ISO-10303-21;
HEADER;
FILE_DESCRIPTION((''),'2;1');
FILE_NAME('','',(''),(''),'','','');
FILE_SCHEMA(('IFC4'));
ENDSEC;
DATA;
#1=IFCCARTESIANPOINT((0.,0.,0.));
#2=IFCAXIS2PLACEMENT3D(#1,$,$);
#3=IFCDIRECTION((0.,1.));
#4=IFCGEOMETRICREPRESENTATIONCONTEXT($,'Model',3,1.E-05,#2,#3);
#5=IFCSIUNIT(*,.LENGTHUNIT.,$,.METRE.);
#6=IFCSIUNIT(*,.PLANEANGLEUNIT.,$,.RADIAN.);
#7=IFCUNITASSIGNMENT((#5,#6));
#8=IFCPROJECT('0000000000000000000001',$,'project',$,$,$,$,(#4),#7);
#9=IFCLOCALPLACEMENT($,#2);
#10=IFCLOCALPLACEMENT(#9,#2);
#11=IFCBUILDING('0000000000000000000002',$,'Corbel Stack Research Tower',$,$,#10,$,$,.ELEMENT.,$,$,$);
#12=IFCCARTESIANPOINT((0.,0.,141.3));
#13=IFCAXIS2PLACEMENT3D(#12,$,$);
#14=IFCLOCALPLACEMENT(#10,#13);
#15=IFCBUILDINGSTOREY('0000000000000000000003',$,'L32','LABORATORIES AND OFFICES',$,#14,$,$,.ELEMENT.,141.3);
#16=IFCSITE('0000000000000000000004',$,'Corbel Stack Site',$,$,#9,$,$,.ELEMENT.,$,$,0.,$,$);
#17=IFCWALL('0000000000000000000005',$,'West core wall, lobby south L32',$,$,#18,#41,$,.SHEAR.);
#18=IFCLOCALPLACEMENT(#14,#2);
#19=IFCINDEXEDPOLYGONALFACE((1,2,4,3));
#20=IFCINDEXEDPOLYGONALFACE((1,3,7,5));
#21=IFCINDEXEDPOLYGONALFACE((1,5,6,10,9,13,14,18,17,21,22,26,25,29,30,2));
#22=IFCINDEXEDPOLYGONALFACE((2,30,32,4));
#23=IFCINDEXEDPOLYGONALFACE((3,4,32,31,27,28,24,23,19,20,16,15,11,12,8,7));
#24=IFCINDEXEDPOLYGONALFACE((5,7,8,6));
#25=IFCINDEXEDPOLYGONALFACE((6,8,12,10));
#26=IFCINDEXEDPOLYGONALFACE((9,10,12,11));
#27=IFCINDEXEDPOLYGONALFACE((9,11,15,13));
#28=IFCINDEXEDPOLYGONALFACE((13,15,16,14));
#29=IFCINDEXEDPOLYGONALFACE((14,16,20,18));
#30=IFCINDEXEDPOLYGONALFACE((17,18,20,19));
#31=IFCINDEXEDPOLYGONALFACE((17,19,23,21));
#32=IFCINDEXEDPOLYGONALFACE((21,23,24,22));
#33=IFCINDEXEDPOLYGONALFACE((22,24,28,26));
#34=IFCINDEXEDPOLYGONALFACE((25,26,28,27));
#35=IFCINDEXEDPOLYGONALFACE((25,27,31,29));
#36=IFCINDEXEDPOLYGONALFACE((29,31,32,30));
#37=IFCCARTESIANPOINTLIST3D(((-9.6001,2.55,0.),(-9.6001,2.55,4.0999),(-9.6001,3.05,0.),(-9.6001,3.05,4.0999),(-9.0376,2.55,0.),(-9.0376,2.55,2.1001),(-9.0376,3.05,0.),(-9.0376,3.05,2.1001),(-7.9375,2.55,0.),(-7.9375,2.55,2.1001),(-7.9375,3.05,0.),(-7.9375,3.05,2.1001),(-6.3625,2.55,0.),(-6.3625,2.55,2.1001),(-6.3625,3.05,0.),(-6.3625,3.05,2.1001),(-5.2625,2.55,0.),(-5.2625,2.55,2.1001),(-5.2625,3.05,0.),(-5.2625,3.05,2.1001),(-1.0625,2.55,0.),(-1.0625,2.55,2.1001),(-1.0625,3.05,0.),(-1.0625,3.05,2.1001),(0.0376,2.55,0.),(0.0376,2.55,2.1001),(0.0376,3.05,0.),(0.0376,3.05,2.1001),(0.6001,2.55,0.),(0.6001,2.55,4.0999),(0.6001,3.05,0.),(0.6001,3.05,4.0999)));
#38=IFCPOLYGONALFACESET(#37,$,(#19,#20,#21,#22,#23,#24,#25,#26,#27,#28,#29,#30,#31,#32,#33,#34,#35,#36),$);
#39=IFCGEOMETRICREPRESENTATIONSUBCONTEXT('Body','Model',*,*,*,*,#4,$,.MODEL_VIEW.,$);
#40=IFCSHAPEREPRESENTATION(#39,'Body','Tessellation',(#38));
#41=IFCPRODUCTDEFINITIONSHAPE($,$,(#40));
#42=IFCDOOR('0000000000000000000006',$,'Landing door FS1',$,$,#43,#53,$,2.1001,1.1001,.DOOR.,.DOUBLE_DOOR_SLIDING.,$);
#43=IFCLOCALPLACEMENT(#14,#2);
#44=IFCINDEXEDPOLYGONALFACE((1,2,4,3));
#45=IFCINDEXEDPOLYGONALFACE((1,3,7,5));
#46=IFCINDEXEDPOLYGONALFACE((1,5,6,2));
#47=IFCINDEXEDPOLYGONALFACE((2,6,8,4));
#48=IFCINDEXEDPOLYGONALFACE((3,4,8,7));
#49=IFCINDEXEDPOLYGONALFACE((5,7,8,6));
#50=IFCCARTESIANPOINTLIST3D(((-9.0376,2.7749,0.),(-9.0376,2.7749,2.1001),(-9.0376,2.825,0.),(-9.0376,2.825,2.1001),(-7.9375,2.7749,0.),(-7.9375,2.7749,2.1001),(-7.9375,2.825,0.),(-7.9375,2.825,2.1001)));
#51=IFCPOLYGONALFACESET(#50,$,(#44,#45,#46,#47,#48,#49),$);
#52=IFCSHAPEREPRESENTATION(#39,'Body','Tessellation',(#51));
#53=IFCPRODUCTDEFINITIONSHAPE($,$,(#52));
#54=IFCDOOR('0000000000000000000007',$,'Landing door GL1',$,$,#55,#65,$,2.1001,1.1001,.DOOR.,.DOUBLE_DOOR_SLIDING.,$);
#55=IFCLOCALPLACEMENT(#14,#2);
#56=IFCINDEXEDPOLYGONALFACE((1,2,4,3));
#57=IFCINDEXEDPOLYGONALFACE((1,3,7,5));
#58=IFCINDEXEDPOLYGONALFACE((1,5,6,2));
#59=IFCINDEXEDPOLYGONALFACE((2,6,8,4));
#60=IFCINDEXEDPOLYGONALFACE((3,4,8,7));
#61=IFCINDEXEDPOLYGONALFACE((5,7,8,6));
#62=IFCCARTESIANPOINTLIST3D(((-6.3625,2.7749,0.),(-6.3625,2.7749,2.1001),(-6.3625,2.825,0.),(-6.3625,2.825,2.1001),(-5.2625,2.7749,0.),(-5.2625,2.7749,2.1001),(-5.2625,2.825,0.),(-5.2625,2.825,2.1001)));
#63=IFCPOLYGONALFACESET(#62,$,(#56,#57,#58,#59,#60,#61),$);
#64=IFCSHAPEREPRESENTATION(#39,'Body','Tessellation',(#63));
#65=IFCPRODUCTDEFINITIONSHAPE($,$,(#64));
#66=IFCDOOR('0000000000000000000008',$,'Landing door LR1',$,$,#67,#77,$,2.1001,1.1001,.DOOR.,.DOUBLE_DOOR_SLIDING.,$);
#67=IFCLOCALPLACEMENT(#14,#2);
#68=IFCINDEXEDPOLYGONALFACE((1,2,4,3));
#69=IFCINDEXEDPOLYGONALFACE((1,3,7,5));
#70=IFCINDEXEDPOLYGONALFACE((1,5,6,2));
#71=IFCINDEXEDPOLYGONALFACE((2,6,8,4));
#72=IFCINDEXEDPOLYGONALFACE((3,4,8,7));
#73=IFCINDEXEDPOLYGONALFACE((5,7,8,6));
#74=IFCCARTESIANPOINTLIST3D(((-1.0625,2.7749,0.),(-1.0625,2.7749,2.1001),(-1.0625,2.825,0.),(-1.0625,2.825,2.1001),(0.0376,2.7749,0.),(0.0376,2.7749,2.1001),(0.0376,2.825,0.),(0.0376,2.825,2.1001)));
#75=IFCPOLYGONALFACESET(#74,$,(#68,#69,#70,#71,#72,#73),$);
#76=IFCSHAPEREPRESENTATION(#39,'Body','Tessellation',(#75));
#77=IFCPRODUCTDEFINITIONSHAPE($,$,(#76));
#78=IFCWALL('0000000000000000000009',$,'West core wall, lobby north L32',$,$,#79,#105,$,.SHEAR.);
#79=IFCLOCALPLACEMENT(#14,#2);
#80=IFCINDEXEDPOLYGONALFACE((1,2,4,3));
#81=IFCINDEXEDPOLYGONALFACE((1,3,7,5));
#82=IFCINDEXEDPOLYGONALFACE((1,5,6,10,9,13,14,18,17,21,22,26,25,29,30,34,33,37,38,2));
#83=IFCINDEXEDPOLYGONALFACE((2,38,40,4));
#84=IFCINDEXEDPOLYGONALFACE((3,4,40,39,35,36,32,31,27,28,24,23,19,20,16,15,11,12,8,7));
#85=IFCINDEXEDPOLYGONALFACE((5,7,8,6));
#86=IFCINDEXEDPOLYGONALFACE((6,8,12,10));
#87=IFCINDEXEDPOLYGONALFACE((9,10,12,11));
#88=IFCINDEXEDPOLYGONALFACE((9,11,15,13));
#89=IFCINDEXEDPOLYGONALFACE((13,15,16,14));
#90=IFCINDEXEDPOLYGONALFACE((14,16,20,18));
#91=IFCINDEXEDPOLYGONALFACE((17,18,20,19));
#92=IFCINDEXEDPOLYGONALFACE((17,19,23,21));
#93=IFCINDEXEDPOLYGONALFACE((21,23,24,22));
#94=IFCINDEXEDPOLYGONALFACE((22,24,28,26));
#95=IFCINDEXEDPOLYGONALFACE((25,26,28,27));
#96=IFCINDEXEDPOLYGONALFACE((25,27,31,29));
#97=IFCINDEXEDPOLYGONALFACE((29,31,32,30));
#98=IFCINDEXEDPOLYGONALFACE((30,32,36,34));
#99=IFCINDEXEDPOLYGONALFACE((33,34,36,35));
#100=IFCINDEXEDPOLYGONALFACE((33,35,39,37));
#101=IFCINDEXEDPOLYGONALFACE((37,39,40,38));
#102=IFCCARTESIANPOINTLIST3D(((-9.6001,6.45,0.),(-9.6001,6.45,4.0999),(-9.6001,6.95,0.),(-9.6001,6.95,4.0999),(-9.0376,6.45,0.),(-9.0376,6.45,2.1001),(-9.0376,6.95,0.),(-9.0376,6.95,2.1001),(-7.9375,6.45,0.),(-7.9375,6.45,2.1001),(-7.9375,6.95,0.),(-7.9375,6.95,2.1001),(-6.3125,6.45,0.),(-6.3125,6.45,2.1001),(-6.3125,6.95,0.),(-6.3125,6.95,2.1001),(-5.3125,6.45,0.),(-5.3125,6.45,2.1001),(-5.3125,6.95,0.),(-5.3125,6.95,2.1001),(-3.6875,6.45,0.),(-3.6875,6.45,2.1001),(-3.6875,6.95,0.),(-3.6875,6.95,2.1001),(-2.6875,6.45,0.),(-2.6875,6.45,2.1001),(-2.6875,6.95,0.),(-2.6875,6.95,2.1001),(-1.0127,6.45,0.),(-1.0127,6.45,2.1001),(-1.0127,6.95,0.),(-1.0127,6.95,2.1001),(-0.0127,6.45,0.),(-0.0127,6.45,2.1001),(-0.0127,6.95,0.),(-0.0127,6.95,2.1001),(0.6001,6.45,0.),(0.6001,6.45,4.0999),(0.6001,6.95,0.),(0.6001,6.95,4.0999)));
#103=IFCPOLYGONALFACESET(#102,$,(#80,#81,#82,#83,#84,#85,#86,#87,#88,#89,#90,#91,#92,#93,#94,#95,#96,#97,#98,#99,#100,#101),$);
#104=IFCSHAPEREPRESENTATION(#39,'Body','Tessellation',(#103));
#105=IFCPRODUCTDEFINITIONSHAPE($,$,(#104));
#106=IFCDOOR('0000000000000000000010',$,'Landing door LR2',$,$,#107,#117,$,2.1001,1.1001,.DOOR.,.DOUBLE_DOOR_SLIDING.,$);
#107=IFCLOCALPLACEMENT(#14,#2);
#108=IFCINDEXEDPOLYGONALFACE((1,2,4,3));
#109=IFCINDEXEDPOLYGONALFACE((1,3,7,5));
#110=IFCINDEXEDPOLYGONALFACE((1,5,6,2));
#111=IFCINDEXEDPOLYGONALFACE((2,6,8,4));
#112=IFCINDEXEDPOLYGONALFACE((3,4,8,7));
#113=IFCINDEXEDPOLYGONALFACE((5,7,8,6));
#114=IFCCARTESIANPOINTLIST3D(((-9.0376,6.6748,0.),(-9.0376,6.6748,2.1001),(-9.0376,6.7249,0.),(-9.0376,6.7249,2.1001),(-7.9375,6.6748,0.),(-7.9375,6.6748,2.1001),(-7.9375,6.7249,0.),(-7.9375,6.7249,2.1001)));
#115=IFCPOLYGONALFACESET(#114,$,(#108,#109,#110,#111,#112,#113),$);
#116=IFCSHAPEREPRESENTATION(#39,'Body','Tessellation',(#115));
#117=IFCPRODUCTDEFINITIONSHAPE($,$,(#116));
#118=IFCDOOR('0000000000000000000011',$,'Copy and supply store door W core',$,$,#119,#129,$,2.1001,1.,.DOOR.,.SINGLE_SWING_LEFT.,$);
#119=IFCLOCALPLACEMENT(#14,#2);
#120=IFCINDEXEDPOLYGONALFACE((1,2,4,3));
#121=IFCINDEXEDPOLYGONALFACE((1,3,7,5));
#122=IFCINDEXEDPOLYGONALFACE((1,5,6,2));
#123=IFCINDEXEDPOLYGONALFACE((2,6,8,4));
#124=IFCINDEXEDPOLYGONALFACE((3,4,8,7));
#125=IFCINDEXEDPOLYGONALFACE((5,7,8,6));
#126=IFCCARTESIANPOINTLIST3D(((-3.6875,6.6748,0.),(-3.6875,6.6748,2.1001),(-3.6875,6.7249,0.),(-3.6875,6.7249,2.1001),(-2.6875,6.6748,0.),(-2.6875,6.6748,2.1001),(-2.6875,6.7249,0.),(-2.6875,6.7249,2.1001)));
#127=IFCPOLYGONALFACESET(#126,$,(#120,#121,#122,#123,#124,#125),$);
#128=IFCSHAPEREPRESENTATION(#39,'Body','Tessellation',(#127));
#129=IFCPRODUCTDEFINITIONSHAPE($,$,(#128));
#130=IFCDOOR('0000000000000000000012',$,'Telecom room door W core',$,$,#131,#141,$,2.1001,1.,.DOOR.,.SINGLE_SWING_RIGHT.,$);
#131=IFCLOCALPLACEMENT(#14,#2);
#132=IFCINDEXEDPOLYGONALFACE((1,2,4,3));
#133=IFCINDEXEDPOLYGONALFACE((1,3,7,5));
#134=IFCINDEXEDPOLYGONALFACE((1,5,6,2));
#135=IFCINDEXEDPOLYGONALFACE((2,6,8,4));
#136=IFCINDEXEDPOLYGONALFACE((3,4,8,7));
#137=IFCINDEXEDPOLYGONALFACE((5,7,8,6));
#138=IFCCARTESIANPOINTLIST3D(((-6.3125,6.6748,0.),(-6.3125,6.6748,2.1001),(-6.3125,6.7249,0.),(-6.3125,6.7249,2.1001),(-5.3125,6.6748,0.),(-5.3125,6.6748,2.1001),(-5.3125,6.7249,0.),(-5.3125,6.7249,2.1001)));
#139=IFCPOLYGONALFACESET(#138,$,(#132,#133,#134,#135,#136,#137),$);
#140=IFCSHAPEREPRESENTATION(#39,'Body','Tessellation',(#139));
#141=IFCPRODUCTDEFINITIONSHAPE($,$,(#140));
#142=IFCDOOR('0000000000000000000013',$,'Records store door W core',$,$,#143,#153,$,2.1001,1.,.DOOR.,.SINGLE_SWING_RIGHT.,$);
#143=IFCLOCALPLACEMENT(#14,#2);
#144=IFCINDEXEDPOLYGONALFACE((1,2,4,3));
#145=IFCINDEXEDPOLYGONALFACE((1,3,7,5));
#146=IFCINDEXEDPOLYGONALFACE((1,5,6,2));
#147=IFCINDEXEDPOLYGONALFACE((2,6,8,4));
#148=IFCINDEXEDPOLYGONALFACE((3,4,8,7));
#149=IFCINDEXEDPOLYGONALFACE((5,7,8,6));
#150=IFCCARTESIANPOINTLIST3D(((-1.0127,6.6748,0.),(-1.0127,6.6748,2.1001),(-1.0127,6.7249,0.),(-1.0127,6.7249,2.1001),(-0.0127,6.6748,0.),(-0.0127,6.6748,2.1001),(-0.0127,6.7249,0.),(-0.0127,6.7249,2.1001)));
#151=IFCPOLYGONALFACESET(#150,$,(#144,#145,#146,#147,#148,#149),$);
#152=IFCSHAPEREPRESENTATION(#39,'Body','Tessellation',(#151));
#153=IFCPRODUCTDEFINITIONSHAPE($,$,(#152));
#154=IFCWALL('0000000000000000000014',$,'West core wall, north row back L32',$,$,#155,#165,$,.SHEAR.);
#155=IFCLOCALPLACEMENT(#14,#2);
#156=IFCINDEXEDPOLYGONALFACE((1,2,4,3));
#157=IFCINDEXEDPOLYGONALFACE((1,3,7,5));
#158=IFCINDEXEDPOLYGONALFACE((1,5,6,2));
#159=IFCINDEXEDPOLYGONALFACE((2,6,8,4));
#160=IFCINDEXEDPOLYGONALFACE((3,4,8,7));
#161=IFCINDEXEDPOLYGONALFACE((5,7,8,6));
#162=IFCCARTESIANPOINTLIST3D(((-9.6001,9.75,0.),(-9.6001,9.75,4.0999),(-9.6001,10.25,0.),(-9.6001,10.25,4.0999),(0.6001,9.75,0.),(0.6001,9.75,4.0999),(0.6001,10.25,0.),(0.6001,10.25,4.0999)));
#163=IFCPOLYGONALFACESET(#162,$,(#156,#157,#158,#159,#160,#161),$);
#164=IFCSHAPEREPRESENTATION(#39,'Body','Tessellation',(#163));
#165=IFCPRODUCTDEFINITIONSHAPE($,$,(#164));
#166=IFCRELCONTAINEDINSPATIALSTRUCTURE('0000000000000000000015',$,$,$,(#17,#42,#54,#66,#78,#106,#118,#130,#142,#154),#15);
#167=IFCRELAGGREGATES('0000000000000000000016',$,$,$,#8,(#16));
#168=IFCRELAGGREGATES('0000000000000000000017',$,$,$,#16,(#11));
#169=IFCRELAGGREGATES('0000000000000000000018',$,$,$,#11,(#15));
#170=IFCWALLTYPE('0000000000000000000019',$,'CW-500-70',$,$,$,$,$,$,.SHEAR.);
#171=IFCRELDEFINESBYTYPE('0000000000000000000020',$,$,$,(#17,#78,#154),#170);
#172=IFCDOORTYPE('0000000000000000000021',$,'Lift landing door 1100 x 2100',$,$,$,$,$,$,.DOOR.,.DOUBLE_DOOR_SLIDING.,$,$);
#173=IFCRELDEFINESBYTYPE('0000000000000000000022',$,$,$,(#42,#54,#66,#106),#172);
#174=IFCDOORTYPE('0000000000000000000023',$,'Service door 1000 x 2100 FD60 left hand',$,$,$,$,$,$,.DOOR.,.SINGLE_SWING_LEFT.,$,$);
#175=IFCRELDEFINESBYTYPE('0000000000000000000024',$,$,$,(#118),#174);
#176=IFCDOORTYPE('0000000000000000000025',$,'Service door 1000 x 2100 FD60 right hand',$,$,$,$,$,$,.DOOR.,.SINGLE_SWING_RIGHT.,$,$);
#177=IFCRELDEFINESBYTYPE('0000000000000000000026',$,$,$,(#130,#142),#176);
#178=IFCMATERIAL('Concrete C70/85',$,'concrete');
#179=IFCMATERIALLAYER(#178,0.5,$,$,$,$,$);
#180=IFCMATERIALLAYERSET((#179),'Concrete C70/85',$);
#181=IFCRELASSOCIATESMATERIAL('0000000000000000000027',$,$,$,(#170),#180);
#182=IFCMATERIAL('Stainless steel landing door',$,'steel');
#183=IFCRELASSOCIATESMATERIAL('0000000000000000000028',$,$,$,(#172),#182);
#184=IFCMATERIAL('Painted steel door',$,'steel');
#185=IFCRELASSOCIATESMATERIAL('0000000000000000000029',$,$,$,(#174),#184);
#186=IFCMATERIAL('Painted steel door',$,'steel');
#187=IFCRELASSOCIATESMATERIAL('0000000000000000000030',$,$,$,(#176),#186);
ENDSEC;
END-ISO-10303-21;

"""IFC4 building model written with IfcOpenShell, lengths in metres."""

from ifc_helpers import new_model, si_unit, direction, frame, frame_2d, origin, place, context, subcontext, project, spatial, rectangle, extrude, material, layer, layer_set, type_object, element, fill, save


model = new_model("IFC4")

# Units and contexts
model_context = context("Model", 3, precision=1e-05, world=origin(), true_north=direction((0.0, 1.0)))
body_context = subcontext(model_context, "Body", "Model", "MODEL_VIEW")
ifc_project = project(units=[si_unit("LENGTHUNIT", "METRE"), si_unit("PLANEANGLEUNIT", "RADIAN")], contexts=[model_context])

# Site, building, storey
site_placement = place(None, origin())
site = spatial("IfcSite", under=ifc_project, at=site_placement, Name="Corbel Stack Site", CompositionType="ELEMENT", RefElevation=0.0)
building_placement = place(site_placement, origin())
building = spatial("IfcBuilding", under=site, at=building_placement, Name="Corbel Stack Research Tower", CompositionType="ELEMENT")
storey_placement = place(building_placement, frame((0.0, 0.0, 141.3)))
storey = spatial("IfcBuildingStorey", under=building, at=storey_placement, Name="L32", Description="LABORATORIES AND OFFICES", CompositionType="ELEMENT", Elevation=141.3)

# Walls, openings, doors
ifc_material_1 = material(Name="Concrete C70/85", Category="concrete")
ifc_layer_1 = layer(ifc_material_1, 0.5)
ifc_layer_set_1 = layer_set([ifc_layer_1], Name="Concrete C70/85")
wall_type_1 = type_object("IfcWallType", Name="CW-500-70", PredefinedType="SHEAR", material=ifc_layer_set_1)
wall_1_placement = place(storey_placement, frame((-9.6001, 2.8, 0.0), z_axis=(0.0, 0.0, 1.0), x_axis=(1.0, 0.0, 0.0)))
wall_1 = element("IfcWall", 1, at=wall_1_placement, inside=storey, type_object=wall_type_1, Name="West core wall, lobby south L32", PredefinedType="SHEAR", context=body_context, shape_type="SweptSolid", body=[
    extrude(rectangle(XDim=10.2002, YDim=0.5, at=frame_2d((5.1001, 0.0))), origin(), (0.0, 0.0, 1.0), 4.0999),
])
opening_1_placement = place(wall_1_placement, frame((0.5625, 0.0, 0.0)))
opening_1 = element("IfcOpeningElement", 2, at=opening_1_placement, cuts=wall_1, PredefinedType="OPENING", context=body_context, shape_type="SweptSolid", body=[
    extrude(rectangle(XDim=1.1001, YDim=2.1001, at=frame_2d((0.55, 1.05))), frame((0.0, 0.26, 0.0), z_axis=(0.0, -1.0, 0.0), x_axis=(1.0, 0.0, 0.0)), (0.0, 0.0, 1.0), 0.52),
])
opening_2_placement = place(wall_1_placement, frame((3.2375, 0.0, 0.0)))
opening_2 = element("IfcOpeningElement", 3, at=opening_2_placement, cuts=wall_1, PredefinedType="OPENING", context=body_context, shape_type="SweptSolid", body=[
    extrude(rectangle(XDim=1.1001, YDim=2.1001, at=frame_2d((0.55, 1.05))), frame((0.0, 0.26, 0.0), z_axis=(0.0, -1.0, 0.0), x_axis=(1.0, 0.0, 0.0)), (0.0, 0.0, 1.0), 0.52),
])
opening_3_placement = place(wall_1_placement, frame((8.5376, 0.0, 0.0)))
opening_3 = element("IfcOpeningElement", 4, at=opening_3_placement, cuts=wall_1, PredefinedType="OPENING", context=body_context, shape_type="SweptSolid", body=[
    extrude(rectangle(XDim=1.1001, YDim=2.1001, at=frame_2d((0.55, 1.05))), frame((0.0, 0.26, 0.0), z_axis=(0.0, -1.0, 0.0), x_axis=(1.0, 0.0, 0.0)), (0.0, 0.0, 1.0), 0.52),
])
ifc_material_2 = material(Name="Stainless steel landing door", Category="steel")
door_type_1 = type_object("IfcDoorType", Name="Lift landing door 1100 x 2100", OperationType="DOUBLE_DOOR_SLIDING", PredefinedType="DOOR", material=ifc_material_2)
door_1_placement = place(opening_1_placement, origin())
door_1 = element("IfcDoor", 5, at=door_1_placement, inside=storey, type_object=door_type_1, Name="Landing door FS1", OperationType="DOUBLE_DOOR_SLIDING", OverallHeight=2.1001, OverallWidth=1.1001, PredefinedType="DOOR", context=body_context, shape_type="SweptSolid", body=[
    extrude(rectangle(XDim=1.1001, YDim=2.1001, at=frame_2d((0.55, 1.05))), frame((0.0, 0.0249, 0.0), z_axis=(0.0, -1.0, 0.0), x_axis=(1.0, 0.0, 0.0)), (0.0, 0.0, 1.0), 0.05),
])
fill(opening_1, door_1)
door_2_placement = place(opening_2_placement, origin())
door_2 = element("IfcDoor", 6, at=door_2_placement, inside=storey, type_object=door_type_1, Name="Landing door GL1", OperationType="DOUBLE_DOOR_SLIDING", OverallHeight=2.1001, OverallWidth=1.1001, PredefinedType="DOOR", context=body_context, shape_type="SweptSolid", body=[
    extrude(rectangle(XDim=1.1001, YDim=2.1001, at=frame_2d((0.55, 1.05))), frame((0.0, 0.0249, 0.0), z_axis=(0.0, -1.0, 0.0), x_axis=(1.0, 0.0, 0.0)), (0.0, 0.0, 1.0), 0.05),
])
fill(opening_2, door_2)
door_3_placement = place(opening_3_placement, origin())
door_3 = element("IfcDoor", 7, at=door_3_placement, inside=storey, type_object=door_type_1, Name="Landing door LR1", OperationType="DOUBLE_DOOR_SLIDING", OverallHeight=2.1001, OverallWidth=1.1001, PredefinedType="DOOR", context=body_context, shape_type="SweptSolid", body=[
    extrude(rectangle(XDim=1.1001, YDim=2.1001, at=frame_2d((0.55, 1.05))), frame((0.0, 0.0249, 0.0), z_axis=(0.0, -1.0, 0.0), x_axis=(1.0, 0.0, 0.0)), (0.0, 0.0, 1.0), 0.05),
])
fill(opening_3, door_3)
wall_2_placement = place(storey_placement, frame((-9.6001, 6.7, 0.0), z_axis=(0.0, 0.0, 1.0), x_axis=(1.0, 0.0, 0.0)))
wall_2 = element("IfcWall", 8, at=wall_2_placement, inside=storey, type_object=wall_type_1, Name="West core wall, lobby north L32", PredefinedType="SHEAR", context=body_context, shape_type="SweptSolid", body=[
    extrude(rectangle(XDim=10.2002, YDim=0.5, at=frame_2d((5.1001, 0.0))), origin(), (0.0, 0.0, 1.0), 4.0999),
])
opening_4_placement = place(wall_2_placement, frame((0.5625, 0.0, 0.0)))
opening_4 = element("IfcOpeningElement", 9, at=opening_4_placement, cuts=wall_2, PredefinedType="OPENING", context=body_context, shape_type="SweptSolid", body=[
    extrude(rectangle(XDim=1.1001, YDim=2.1001, at=frame_2d((0.55, 1.05))), frame((0.0, 0.26, 0.0), z_axis=(0.0, -1.0, 0.0), x_axis=(1.0, 0.0, 0.0)), (0.0, 0.0, 1.0), 0.52),
])
opening_5_placement = place(wall_2_placement, frame((3.2876, 0.0, 0.0)))
opening_5 = element("IfcOpeningElement", 10, at=opening_5_placement, cuts=wall_2, PredefinedType="OPENING", context=body_context, shape_type="SweptSolid", body=[
    extrude(rectangle(XDim=1.0, YDim=2.1001, at=frame_2d((0.5, 1.05))), frame((0.0, 0.26, 0.0), z_axis=(0.0, -1.0, 0.0), x_axis=(1.0, 0.0, 0.0)), (0.0, 0.0, 1.0), 0.52),
])
opening_6_placement = place(wall_2_placement, frame((5.9126, 0.0, 0.0)))
opening_6 = element("IfcOpeningElement", 11, at=opening_6_placement, cuts=wall_2, PredefinedType="OPENING", context=body_context, shape_type="SweptSolid", body=[
    extrude(rectangle(XDim=1.0, YDim=2.1001, at=frame_2d((0.5, 1.05))), frame((0.0, 0.26, 0.0), z_axis=(0.0, -1.0, 0.0), x_axis=(1.0, 0.0, 0.0)), (0.0, 0.0, 1.0), 0.52),
])
opening_7_placement = place(wall_2_placement, frame((8.5874, 0.0, 0.0)))
opening_7 = element("IfcOpeningElement", 12, at=opening_7_placement, cuts=wall_2, PredefinedType="OPENING", context=body_context, shape_type="SweptSolid", body=[
    extrude(rectangle(XDim=1.0, YDim=2.1001, at=frame_2d((0.5, 1.05))), frame((0.0, 0.26, 0.0), z_axis=(0.0, -1.0, 0.0), x_axis=(1.0, 0.0, 0.0)), (0.0, 0.0, 1.0), 0.52),
])
door_4_placement = place(opening_4_placement, origin())
door_4 = element("IfcDoor", 13, at=door_4_placement, inside=storey, type_object=door_type_1, Name="Landing door LR2", OperationType="DOUBLE_DOOR_SLIDING", OverallHeight=2.1001, OverallWidth=1.1001, PredefinedType="DOOR", context=body_context, shape_type="SweptSolid", body=[
    extrude(rectangle(XDim=1.1001, YDim=2.1001, at=frame_2d((0.55, 1.05))), frame((0.0, 0.0249, 0.0), z_axis=(0.0, -1.0, 0.0), x_axis=(1.0, 0.0, 0.0)), (0.0, 0.0, 1.0), 0.05),
])
fill(opening_4, door_4)
ifc_material_3 = material(Name="Painted steel door", Category="steel")
door_type_2 = type_object("IfcDoorType", Name="Service door 1000 x 2100 FD60 left hand", OperationType="SINGLE_SWING_LEFT", PredefinedType="DOOR", material=ifc_material_3)
door_5_placement = place(opening_6_placement, origin())
door_5 = element("IfcDoor", 14, at=door_5_placement, inside=storey, type_object=door_type_2, Name="Copy and supply store door W core", OperationType="SINGLE_SWING_LEFT", OverallHeight=2.1001, OverallWidth=1.0, PredefinedType="DOOR", context=body_context, shape_type="SweptSolid", body=[
    extrude(rectangle(XDim=1.0, YDim=2.1001, at=frame_2d((0.5, 1.05))), frame((0.0, 0.0249, 0.0), z_axis=(0.0, -1.0, 0.0), x_axis=(1.0, 0.0, 0.0)), (0.0, 0.0, 1.0), 0.05),
])
fill(opening_6, door_5)
ifc_material_4 = material(Name="Painted steel door", Category="steel")
door_type_3 = type_object("IfcDoorType", Name="Service door 1000 x 2100 FD60 right hand", OperationType="SINGLE_SWING_RIGHT", PredefinedType="DOOR", material=ifc_material_4)
door_6_placement = place(opening_5_placement, origin())
door_6 = element("IfcDoor", 15, at=door_6_placement, inside=storey, type_object=door_type_3, Name="Telecom room door W core", OperationType="SINGLE_SWING_RIGHT", OverallHeight=2.1001, OverallWidth=1.0, PredefinedType="DOOR", context=body_context, shape_type="SweptSolid", body=[
    extrude(rectangle(XDim=1.0, YDim=2.1001, at=frame_2d((0.5, 1.05))), frame((0.0, 0.0249, 0.0), z_axis=(0.0, -1.0, 0.0), x_axis=(1.0, 0.0, 0.0)), (0.0, 0.0, 1.0), 0.05),
])
fill(opening_5, door_6)
door_7_placement = place(opening_7_placement, origin())
door_7 = element("IfcDoor", 16, at=door_7_placement, inside=storey, type_object=door_type_3, Name="Records store door W core", OperationType="SINGLE_SWING_RIGHT", OverallHeight=2.1001, OverallWidth=1.0, PredefinedType="DOOR", context=body_context, shape_type="SweptSolid", body=[
    extrude(rectangle(XDim=1.0, YDim=2.1001, at=frame_2d((0.5, 1.05))), frame((0.0, 0.0249, 0.0), z_axis=(0.0, -1.0, 0.0), x_axis=(1.0, 0.0, 0.0)), (0.0, 0.0, 1.0), 0.05),
])
fill(opening_7, door_7)

# Wall
wall_3_placement = place(storey_placement, frame((-9.6001, 10.0, 0.0), z_axis=(0.0, 0.0, 1.0), x_axis=(1.0, 0.0, 0.0)))
element("IfcWall", 17, at=wall_3_placement, inside=storey, type_object=wall_type_1, Name="West core wall, north row back L32", PredefinedType="SHEAR", context=body_context, shape_type="SweptSolid", body=[
    extrude(rectangle(XDim=10.2002, YDim=0.5, at=frame_2d((5.1001, 0.0))), origin(), (0.0, 0.0, 1.0), 4.0999),
])

save(model, "model.ifc")
